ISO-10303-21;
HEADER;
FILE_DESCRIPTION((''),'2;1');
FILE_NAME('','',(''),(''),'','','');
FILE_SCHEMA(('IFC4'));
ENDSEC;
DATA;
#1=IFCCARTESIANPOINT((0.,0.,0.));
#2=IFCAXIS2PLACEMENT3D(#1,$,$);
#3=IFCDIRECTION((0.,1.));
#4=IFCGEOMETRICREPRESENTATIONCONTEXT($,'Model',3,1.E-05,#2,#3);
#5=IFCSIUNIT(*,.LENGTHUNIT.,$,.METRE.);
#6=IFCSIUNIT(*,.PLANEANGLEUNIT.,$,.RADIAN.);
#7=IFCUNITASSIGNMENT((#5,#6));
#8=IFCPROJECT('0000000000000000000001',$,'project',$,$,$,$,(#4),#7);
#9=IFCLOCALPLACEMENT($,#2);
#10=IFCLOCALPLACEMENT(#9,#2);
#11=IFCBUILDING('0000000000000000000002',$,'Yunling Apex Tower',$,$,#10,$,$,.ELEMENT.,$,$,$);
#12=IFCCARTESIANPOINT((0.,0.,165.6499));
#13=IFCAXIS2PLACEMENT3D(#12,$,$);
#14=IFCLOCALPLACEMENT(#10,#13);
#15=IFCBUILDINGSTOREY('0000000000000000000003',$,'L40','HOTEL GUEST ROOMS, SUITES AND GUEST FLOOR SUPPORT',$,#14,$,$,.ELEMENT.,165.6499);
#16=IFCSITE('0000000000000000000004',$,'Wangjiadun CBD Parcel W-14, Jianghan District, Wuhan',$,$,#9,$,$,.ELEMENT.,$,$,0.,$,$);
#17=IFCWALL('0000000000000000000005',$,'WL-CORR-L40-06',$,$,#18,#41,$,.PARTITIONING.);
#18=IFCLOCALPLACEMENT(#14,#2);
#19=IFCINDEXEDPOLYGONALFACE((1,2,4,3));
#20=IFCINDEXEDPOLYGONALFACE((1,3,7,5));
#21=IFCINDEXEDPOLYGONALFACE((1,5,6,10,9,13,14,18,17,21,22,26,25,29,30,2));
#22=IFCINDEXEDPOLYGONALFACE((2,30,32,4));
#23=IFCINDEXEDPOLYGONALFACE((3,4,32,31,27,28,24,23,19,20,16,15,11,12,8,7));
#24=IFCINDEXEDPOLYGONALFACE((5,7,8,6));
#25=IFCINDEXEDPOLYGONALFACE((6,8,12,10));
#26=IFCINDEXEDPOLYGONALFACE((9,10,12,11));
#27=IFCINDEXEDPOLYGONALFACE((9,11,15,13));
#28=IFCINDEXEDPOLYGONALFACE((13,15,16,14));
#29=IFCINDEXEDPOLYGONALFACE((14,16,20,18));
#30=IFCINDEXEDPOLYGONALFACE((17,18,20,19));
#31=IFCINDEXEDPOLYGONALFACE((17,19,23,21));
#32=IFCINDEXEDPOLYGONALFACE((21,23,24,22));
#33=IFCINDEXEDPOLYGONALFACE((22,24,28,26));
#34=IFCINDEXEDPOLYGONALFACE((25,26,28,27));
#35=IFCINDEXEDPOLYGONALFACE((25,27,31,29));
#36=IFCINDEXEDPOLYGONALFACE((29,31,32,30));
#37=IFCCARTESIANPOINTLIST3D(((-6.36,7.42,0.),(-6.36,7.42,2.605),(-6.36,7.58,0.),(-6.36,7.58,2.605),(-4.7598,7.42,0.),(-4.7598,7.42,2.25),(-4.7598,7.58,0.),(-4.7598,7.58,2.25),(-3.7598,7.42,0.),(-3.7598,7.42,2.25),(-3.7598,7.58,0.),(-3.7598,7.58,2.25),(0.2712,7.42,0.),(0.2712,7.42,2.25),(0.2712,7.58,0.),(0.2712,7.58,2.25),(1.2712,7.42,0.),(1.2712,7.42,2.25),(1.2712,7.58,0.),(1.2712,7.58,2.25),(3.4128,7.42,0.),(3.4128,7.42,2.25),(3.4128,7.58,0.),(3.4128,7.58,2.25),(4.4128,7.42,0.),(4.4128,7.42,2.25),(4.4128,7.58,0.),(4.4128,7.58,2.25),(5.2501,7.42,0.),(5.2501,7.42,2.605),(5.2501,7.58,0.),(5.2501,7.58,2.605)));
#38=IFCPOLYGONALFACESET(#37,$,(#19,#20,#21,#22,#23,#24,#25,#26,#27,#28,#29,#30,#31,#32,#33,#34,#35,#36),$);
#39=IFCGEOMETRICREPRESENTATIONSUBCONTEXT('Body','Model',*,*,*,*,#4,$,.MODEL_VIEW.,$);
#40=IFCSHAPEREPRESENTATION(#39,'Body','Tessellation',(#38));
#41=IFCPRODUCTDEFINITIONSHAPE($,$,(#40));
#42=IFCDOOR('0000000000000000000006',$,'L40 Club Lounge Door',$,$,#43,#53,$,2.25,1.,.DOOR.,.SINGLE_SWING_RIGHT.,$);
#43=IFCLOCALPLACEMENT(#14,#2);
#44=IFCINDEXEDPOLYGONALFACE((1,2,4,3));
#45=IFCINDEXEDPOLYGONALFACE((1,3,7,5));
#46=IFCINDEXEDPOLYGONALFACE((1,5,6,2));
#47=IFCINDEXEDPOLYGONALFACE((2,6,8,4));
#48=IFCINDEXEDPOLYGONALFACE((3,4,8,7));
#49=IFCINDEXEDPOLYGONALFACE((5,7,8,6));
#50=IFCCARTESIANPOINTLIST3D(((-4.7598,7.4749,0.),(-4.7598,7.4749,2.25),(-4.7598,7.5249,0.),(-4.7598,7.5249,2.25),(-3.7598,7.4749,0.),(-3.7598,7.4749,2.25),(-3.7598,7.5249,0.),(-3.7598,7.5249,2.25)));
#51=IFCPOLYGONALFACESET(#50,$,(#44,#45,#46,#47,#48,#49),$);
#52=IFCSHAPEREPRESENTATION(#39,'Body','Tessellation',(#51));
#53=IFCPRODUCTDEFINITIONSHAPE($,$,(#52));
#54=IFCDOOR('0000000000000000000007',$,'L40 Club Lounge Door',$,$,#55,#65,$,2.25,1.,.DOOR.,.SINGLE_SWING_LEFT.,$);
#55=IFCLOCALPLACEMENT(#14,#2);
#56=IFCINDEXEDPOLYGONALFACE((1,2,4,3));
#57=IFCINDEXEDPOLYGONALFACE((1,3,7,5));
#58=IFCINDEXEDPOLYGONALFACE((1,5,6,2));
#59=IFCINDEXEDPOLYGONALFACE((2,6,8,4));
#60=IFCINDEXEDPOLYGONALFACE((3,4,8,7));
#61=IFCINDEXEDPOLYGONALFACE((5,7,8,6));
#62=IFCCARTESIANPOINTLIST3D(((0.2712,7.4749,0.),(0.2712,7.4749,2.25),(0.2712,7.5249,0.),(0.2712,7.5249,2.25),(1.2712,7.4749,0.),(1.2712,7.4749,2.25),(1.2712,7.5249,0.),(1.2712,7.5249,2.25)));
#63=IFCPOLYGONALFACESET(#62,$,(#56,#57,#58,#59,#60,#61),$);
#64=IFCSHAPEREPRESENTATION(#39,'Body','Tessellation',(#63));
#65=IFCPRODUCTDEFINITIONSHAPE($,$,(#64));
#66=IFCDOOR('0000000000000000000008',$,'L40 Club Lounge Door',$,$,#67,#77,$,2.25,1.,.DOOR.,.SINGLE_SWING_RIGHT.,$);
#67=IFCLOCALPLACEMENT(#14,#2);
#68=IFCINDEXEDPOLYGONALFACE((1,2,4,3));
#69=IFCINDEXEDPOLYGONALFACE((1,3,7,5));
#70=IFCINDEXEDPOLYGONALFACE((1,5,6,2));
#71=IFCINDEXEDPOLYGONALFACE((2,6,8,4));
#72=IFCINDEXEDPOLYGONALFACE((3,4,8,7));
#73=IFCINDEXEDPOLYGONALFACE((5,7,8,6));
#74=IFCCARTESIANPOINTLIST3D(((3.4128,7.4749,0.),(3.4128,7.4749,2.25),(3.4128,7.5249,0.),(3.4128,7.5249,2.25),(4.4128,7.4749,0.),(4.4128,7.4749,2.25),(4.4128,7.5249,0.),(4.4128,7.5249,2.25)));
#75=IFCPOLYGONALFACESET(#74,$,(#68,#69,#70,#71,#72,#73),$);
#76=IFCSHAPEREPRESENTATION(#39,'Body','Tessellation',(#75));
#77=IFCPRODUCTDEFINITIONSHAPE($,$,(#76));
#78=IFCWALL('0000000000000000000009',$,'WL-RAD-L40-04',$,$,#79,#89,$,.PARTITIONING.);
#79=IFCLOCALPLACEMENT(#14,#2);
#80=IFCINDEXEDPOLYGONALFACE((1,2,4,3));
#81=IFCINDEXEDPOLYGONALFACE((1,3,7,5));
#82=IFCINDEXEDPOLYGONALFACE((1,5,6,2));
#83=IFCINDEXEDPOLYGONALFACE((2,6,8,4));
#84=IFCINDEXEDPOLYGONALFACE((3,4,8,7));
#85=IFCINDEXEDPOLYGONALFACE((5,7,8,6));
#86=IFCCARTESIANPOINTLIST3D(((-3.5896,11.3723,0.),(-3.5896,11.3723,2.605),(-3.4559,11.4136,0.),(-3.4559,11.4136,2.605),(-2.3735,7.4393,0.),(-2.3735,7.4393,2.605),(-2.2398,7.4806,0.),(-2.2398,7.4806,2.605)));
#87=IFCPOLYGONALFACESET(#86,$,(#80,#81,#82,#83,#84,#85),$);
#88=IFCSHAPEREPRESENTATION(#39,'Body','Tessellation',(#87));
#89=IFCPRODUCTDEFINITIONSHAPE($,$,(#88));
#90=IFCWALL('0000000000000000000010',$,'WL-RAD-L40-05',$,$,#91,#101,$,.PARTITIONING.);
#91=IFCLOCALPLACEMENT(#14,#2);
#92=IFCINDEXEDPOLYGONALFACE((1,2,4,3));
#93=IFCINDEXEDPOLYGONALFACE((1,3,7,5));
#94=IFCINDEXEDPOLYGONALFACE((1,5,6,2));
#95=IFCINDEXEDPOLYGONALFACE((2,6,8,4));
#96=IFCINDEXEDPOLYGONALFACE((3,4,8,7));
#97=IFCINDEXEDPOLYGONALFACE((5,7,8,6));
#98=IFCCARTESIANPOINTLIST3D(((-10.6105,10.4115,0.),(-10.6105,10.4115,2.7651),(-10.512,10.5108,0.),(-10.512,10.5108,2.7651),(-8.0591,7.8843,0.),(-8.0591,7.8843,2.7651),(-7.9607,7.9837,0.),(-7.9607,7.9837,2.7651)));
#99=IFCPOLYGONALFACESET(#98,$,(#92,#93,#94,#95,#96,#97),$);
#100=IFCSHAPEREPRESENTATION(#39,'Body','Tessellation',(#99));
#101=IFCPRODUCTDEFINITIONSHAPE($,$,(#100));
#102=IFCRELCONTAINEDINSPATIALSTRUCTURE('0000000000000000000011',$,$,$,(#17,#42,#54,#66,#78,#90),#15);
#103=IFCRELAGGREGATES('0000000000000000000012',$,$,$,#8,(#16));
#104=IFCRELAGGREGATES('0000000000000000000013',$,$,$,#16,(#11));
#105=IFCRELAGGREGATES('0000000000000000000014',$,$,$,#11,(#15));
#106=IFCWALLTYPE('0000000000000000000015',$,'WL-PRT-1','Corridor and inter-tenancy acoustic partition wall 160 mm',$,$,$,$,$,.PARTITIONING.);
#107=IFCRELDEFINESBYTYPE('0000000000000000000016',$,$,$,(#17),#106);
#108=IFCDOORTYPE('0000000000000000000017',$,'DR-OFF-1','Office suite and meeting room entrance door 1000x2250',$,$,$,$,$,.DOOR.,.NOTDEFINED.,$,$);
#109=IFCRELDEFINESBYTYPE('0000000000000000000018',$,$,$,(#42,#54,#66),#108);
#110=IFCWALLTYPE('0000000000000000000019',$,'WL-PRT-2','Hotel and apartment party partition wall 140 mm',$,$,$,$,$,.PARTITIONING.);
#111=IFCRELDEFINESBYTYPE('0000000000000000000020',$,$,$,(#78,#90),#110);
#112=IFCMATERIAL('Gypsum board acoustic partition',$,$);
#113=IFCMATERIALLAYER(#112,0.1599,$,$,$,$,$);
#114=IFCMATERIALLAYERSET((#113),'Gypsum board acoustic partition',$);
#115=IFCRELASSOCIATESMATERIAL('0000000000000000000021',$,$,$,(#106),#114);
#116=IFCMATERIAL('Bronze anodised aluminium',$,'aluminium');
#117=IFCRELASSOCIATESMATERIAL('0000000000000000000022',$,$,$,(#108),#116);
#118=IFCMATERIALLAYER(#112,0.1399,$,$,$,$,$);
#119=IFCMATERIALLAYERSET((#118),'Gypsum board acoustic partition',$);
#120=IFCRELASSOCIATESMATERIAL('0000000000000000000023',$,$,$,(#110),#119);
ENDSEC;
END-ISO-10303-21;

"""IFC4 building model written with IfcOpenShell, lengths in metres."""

from ifc_helpers import new_model, si_unit, direction, frame, frame_2d, origin, place, context, subcontext, project, spatial, rectangle, extrude, material, layer, layer_set, type_object, element, fill, save


model = new_model("IFC4")

# Units and contexts
model_context = context("Model", 3, precision=1e-05, world=origin(), true_north=direction((0.0, 1.0)))
body_context = subcontext(model_context, "Body", "Model", "MODEL_VIEW")
ifc_project = project(units=[si_unit("LENGTHUNIT", "METRE"), si_unit("PLANEANGLEUNIT", "RADIAN")], contexts=[model_context])

# Site, building, storey
site_placement = place(None, origin())
site = spatial("IfcSite", under=ifc_project, at=site_placement, Name="Wangjiadun CBD Parcel W-14, Jianghan District, Wuhan", CompositionType="ELEMENT", RefElevation=0.0)
building_placement = place(site_placement, origin())
building = spatial("IfcBuilding", under=site, at=building_placement, Name="Yunling Apex Tower", CompositionType="ELEMENT")
storey_placement = place(building_placement, frame((0.0, 0.0, 165.6499)))
storey = spatial("IfcBuildingStorey", under=building, at=storey_placement, Name="L40", Description="HOTEL GUEST ROOMS, SUITES AND GUEST FLOOR SUPPORT", CompositionType="ELEMENT", Elevation=165.6499)

# Shared definitions
ifc_material_1 = material(Name="Bronze anodised aluminium", Category="aluminium")

# Shared definitions
ifc_material_2 = material(Name="Gypsum board acoustic partition")
ifc_layer_1 = layer(ifc_material_2, 0.1599)
ifc_layer_set_1 = layer_set([ifc_layer_1], Name="Gypsum board acoustic partition")
wall_type_1 = type_object("IfcWallType", Name="WL-PRT-1", Description="Corridor and inter-tenancy acoustic partition wall 160 mm", PredefinedType="PARTITIONING", material=ifc_layer_set_1)

# Wall, openings, doors
wall_1_placement = place(storey_placement, frame((-6.3601, 7.5, 0.0), z_axis=(0.0, 0.0, 1.0), x_axis=(1.0, 0.0, 0.0)))
wall_1 = element("IfcWall", 1, at=wall_1_placement, inside=storey, type_object=wall_type_1, Name="WL-CORR-L40-06", PredefinedType="PARTITIONING", context=body_context, shape_type="SweptSolid", body=[
    extrude(rectangle(XDim=11.6101, YDim=0.1599, at=frame_2d((5.8052, 0.0))), origin(), (0.0, 0.0, 1.0), 2.605),
])
opening_1_placement = place(wall_1_placement, frame((1.6003, 0.0, 0.0)))
opening_1 = element("IfcOpeningElement", 2, at=opening_1_placement, cuts=wall_1, PredefinedType="OPENING", context=body_context, shape_type="SweptSolid", body=[
    extrude(rectangle(XDim=1.0, YDim=2.25, at=frame_2d((0.5, 1.125))), frame((0.0, 0.0898, 0.0), z_axis=(0.0, -1.0, 0.0), x_axis=(1.0, 0.0, 0.0)), (0.0, 0.0, 1.0), 0.1799),
])
opening_2_placement = place(wall_1_placement, frame((6.6313, 0.0, 0.0)))
opening_2 = element("IfcOpeningElement", 3, at=opening_2_placement, cuts=wall_1, PredefinedType="OPENING", context=body_context, shape_type="SweptSolid", body=[
    extrude(rectangle(XDim=1.0, YDim=2.25, at=frame_2d((0.5, 1.125))), frame((0.0, 0.0898, 0.0), z_axis=(0.0, -1.0, 0.0), x_axis=(1.0, 0.0, 0.0)), (0.0, 0.0, 1.0), 0.1799),
])
opening_3_placement = place(wall_1_placement, frame((9.7729, 0.0, 0.0)))
opening_3 = element("IfcOpeningElement", 4, at=opening_3_placement, cuts=wall_1, PredefinedType="OPENING", context=body_context, shape_type="SweptSolid", body=[
    extrude(rectangle(XDim=1.0, YDim=2.25, at=frame_2d((0.5, 1.125))), frame((0.0, 0.0898, 0.0), z_axis=(0.0, -1.0, 0.0), x_axis=(1.0, 0.0, 0.0)), (0.0, 0.0, 1.0), 0.1799),
])
door_type = type_object("IfcDoorType", Name="DR-OFF-1", Description="Office suite and meeting room entrance door 1000x2250", OperationType="NOTDEFINED", PredefinedType="DOOR", material=ifc_material_1)
door_1_placement = place(opening_1_placement, origin())
door_1 = element("IfcDoor", 5, at=door_1_placement, inside=storey, type_object=door_type, Name="L40 Club Lounge Door", OperationType="SINGLE_SWING_RIGHT", OverallHeight=2.25, OverallWidth=1.0, PredefinedType="DOOR", context=body_context, shape_type="SweptSolid", body=[
    extrude(rectangle(XDim=1.0, YDim=2.25, at=frame_2d((0.5, 1.125))), frame((0.0, 0.0249, 0.0), z_axis=(0.0, -1.0, 0.0), x_axis=(1.0, 0.0, 0.0)), (0.0, 0.0, 1.0), 0.05),
])
fill(opening_1, door_1)
door_2_placement = place(opening_2_placement, origin())
door_2 = element("IfcDoor", 6, at=door_2_placement, inside=storey, type_object=door_type, Name="L40 Club Lounge Door", OperationType="SINGLE_SWING_LEFT", OverallHeight=2.25, OverallWidth=1.0, PredefinedType="DOOR", context=body_context, shape_type="SweptSolid", body=[
    extrude(rectangle(XDim=1.0, YDim=2.25, at=frame_2d((0.5, 1.125))), frame((0.0, 0.0249, 0.0), z_axis=(0.0, -1.0, 0.0), x_axis=(1.0, 0.0, 0.0)), (0.0, 0.0, 1.0), 0.05),
])
fill(opening_2, door_2)
door_3_placement = place(opening_3_placement, origin())
door_3 = element("IfcDoor", 7, at=door_3_placement, inside=storey, type_object=door_type, Name="L40 Club Lounge Door", OperationType="SINGLE_SWING_RIGHT", OverallHeight=2.25, OverallWidth=1.0, PredefinedType="DOOR", context=body_context, shape_type="SweptSolid", body=[
    extrude(rectangle(XDim=1.0, YDim=2.25, at=frame_2d((0.5, 1.125))), frame((0.0, 0.0249, 0.0), z_axis=(0.0, -1.0, 0.0), x_axis=(1.0, 0.0, 0.0)), (0.0, 0.0, 1.0), 0.05),
])
fill(opening_3, door_3)

# Walls
ifc_layer_2 = layer(ifc_material_2, 0.1399)
ifc_layer_set_2 = layer_set([ifc_layer_2], Name="Gypsum board acoustic partition")
wall_type_2 = type_object("IfcWallType", Name="WL-PRT-2", Description="Hotel and apartment party partition wall 140 mm", PredefinedType="PARTITIONING", material=ifc_layer_set_2)
wall_2_placement = place(storey_placement, frame((-2.3066, 7.46, 0.0), z_axis=(0.0, 0.0, 1.0), x_axis=(-0.295407, 0.955372, 0.0)))
element("IfcWall", 8, at=wall_2_placement, inside=storey, type_object=wall_type_2, Name="WL-RAD-L40-04", PredefinedType="PARTITIONING", context=body_context, shape_type="SweptSolid", body=[
    extrude(rectangle(XDim=4.1167, YDim=0.1399, at=frame_2d((2.0583, 0.0))), origin(), (0.0, 0.0, 1.0), 2.605),
])
wall_3_placement = place(storey_placement, frame((-8.01, 7.9341, 0.0), z_axis=(0.0, 0.0, 1.0), x_axis=(-0.710464, 0.703733, 0.0)))
element("IfcWall", 9, at=wall_3_placement, inside=storey, type_object=wall_type_2, Name="WL-RAD-L40-05", PredefinedType="PARTITIONING", context=body_context, shape_type="SweptSolid", body=[
    extrude(rectangle(XDim=3.5911, YDim=0.1399, at=frame_2d((1.7954, 0.0))), origin(), (0.0, 0.0, 1.0), 2.7651),
])

save(model, "model.ifc")
